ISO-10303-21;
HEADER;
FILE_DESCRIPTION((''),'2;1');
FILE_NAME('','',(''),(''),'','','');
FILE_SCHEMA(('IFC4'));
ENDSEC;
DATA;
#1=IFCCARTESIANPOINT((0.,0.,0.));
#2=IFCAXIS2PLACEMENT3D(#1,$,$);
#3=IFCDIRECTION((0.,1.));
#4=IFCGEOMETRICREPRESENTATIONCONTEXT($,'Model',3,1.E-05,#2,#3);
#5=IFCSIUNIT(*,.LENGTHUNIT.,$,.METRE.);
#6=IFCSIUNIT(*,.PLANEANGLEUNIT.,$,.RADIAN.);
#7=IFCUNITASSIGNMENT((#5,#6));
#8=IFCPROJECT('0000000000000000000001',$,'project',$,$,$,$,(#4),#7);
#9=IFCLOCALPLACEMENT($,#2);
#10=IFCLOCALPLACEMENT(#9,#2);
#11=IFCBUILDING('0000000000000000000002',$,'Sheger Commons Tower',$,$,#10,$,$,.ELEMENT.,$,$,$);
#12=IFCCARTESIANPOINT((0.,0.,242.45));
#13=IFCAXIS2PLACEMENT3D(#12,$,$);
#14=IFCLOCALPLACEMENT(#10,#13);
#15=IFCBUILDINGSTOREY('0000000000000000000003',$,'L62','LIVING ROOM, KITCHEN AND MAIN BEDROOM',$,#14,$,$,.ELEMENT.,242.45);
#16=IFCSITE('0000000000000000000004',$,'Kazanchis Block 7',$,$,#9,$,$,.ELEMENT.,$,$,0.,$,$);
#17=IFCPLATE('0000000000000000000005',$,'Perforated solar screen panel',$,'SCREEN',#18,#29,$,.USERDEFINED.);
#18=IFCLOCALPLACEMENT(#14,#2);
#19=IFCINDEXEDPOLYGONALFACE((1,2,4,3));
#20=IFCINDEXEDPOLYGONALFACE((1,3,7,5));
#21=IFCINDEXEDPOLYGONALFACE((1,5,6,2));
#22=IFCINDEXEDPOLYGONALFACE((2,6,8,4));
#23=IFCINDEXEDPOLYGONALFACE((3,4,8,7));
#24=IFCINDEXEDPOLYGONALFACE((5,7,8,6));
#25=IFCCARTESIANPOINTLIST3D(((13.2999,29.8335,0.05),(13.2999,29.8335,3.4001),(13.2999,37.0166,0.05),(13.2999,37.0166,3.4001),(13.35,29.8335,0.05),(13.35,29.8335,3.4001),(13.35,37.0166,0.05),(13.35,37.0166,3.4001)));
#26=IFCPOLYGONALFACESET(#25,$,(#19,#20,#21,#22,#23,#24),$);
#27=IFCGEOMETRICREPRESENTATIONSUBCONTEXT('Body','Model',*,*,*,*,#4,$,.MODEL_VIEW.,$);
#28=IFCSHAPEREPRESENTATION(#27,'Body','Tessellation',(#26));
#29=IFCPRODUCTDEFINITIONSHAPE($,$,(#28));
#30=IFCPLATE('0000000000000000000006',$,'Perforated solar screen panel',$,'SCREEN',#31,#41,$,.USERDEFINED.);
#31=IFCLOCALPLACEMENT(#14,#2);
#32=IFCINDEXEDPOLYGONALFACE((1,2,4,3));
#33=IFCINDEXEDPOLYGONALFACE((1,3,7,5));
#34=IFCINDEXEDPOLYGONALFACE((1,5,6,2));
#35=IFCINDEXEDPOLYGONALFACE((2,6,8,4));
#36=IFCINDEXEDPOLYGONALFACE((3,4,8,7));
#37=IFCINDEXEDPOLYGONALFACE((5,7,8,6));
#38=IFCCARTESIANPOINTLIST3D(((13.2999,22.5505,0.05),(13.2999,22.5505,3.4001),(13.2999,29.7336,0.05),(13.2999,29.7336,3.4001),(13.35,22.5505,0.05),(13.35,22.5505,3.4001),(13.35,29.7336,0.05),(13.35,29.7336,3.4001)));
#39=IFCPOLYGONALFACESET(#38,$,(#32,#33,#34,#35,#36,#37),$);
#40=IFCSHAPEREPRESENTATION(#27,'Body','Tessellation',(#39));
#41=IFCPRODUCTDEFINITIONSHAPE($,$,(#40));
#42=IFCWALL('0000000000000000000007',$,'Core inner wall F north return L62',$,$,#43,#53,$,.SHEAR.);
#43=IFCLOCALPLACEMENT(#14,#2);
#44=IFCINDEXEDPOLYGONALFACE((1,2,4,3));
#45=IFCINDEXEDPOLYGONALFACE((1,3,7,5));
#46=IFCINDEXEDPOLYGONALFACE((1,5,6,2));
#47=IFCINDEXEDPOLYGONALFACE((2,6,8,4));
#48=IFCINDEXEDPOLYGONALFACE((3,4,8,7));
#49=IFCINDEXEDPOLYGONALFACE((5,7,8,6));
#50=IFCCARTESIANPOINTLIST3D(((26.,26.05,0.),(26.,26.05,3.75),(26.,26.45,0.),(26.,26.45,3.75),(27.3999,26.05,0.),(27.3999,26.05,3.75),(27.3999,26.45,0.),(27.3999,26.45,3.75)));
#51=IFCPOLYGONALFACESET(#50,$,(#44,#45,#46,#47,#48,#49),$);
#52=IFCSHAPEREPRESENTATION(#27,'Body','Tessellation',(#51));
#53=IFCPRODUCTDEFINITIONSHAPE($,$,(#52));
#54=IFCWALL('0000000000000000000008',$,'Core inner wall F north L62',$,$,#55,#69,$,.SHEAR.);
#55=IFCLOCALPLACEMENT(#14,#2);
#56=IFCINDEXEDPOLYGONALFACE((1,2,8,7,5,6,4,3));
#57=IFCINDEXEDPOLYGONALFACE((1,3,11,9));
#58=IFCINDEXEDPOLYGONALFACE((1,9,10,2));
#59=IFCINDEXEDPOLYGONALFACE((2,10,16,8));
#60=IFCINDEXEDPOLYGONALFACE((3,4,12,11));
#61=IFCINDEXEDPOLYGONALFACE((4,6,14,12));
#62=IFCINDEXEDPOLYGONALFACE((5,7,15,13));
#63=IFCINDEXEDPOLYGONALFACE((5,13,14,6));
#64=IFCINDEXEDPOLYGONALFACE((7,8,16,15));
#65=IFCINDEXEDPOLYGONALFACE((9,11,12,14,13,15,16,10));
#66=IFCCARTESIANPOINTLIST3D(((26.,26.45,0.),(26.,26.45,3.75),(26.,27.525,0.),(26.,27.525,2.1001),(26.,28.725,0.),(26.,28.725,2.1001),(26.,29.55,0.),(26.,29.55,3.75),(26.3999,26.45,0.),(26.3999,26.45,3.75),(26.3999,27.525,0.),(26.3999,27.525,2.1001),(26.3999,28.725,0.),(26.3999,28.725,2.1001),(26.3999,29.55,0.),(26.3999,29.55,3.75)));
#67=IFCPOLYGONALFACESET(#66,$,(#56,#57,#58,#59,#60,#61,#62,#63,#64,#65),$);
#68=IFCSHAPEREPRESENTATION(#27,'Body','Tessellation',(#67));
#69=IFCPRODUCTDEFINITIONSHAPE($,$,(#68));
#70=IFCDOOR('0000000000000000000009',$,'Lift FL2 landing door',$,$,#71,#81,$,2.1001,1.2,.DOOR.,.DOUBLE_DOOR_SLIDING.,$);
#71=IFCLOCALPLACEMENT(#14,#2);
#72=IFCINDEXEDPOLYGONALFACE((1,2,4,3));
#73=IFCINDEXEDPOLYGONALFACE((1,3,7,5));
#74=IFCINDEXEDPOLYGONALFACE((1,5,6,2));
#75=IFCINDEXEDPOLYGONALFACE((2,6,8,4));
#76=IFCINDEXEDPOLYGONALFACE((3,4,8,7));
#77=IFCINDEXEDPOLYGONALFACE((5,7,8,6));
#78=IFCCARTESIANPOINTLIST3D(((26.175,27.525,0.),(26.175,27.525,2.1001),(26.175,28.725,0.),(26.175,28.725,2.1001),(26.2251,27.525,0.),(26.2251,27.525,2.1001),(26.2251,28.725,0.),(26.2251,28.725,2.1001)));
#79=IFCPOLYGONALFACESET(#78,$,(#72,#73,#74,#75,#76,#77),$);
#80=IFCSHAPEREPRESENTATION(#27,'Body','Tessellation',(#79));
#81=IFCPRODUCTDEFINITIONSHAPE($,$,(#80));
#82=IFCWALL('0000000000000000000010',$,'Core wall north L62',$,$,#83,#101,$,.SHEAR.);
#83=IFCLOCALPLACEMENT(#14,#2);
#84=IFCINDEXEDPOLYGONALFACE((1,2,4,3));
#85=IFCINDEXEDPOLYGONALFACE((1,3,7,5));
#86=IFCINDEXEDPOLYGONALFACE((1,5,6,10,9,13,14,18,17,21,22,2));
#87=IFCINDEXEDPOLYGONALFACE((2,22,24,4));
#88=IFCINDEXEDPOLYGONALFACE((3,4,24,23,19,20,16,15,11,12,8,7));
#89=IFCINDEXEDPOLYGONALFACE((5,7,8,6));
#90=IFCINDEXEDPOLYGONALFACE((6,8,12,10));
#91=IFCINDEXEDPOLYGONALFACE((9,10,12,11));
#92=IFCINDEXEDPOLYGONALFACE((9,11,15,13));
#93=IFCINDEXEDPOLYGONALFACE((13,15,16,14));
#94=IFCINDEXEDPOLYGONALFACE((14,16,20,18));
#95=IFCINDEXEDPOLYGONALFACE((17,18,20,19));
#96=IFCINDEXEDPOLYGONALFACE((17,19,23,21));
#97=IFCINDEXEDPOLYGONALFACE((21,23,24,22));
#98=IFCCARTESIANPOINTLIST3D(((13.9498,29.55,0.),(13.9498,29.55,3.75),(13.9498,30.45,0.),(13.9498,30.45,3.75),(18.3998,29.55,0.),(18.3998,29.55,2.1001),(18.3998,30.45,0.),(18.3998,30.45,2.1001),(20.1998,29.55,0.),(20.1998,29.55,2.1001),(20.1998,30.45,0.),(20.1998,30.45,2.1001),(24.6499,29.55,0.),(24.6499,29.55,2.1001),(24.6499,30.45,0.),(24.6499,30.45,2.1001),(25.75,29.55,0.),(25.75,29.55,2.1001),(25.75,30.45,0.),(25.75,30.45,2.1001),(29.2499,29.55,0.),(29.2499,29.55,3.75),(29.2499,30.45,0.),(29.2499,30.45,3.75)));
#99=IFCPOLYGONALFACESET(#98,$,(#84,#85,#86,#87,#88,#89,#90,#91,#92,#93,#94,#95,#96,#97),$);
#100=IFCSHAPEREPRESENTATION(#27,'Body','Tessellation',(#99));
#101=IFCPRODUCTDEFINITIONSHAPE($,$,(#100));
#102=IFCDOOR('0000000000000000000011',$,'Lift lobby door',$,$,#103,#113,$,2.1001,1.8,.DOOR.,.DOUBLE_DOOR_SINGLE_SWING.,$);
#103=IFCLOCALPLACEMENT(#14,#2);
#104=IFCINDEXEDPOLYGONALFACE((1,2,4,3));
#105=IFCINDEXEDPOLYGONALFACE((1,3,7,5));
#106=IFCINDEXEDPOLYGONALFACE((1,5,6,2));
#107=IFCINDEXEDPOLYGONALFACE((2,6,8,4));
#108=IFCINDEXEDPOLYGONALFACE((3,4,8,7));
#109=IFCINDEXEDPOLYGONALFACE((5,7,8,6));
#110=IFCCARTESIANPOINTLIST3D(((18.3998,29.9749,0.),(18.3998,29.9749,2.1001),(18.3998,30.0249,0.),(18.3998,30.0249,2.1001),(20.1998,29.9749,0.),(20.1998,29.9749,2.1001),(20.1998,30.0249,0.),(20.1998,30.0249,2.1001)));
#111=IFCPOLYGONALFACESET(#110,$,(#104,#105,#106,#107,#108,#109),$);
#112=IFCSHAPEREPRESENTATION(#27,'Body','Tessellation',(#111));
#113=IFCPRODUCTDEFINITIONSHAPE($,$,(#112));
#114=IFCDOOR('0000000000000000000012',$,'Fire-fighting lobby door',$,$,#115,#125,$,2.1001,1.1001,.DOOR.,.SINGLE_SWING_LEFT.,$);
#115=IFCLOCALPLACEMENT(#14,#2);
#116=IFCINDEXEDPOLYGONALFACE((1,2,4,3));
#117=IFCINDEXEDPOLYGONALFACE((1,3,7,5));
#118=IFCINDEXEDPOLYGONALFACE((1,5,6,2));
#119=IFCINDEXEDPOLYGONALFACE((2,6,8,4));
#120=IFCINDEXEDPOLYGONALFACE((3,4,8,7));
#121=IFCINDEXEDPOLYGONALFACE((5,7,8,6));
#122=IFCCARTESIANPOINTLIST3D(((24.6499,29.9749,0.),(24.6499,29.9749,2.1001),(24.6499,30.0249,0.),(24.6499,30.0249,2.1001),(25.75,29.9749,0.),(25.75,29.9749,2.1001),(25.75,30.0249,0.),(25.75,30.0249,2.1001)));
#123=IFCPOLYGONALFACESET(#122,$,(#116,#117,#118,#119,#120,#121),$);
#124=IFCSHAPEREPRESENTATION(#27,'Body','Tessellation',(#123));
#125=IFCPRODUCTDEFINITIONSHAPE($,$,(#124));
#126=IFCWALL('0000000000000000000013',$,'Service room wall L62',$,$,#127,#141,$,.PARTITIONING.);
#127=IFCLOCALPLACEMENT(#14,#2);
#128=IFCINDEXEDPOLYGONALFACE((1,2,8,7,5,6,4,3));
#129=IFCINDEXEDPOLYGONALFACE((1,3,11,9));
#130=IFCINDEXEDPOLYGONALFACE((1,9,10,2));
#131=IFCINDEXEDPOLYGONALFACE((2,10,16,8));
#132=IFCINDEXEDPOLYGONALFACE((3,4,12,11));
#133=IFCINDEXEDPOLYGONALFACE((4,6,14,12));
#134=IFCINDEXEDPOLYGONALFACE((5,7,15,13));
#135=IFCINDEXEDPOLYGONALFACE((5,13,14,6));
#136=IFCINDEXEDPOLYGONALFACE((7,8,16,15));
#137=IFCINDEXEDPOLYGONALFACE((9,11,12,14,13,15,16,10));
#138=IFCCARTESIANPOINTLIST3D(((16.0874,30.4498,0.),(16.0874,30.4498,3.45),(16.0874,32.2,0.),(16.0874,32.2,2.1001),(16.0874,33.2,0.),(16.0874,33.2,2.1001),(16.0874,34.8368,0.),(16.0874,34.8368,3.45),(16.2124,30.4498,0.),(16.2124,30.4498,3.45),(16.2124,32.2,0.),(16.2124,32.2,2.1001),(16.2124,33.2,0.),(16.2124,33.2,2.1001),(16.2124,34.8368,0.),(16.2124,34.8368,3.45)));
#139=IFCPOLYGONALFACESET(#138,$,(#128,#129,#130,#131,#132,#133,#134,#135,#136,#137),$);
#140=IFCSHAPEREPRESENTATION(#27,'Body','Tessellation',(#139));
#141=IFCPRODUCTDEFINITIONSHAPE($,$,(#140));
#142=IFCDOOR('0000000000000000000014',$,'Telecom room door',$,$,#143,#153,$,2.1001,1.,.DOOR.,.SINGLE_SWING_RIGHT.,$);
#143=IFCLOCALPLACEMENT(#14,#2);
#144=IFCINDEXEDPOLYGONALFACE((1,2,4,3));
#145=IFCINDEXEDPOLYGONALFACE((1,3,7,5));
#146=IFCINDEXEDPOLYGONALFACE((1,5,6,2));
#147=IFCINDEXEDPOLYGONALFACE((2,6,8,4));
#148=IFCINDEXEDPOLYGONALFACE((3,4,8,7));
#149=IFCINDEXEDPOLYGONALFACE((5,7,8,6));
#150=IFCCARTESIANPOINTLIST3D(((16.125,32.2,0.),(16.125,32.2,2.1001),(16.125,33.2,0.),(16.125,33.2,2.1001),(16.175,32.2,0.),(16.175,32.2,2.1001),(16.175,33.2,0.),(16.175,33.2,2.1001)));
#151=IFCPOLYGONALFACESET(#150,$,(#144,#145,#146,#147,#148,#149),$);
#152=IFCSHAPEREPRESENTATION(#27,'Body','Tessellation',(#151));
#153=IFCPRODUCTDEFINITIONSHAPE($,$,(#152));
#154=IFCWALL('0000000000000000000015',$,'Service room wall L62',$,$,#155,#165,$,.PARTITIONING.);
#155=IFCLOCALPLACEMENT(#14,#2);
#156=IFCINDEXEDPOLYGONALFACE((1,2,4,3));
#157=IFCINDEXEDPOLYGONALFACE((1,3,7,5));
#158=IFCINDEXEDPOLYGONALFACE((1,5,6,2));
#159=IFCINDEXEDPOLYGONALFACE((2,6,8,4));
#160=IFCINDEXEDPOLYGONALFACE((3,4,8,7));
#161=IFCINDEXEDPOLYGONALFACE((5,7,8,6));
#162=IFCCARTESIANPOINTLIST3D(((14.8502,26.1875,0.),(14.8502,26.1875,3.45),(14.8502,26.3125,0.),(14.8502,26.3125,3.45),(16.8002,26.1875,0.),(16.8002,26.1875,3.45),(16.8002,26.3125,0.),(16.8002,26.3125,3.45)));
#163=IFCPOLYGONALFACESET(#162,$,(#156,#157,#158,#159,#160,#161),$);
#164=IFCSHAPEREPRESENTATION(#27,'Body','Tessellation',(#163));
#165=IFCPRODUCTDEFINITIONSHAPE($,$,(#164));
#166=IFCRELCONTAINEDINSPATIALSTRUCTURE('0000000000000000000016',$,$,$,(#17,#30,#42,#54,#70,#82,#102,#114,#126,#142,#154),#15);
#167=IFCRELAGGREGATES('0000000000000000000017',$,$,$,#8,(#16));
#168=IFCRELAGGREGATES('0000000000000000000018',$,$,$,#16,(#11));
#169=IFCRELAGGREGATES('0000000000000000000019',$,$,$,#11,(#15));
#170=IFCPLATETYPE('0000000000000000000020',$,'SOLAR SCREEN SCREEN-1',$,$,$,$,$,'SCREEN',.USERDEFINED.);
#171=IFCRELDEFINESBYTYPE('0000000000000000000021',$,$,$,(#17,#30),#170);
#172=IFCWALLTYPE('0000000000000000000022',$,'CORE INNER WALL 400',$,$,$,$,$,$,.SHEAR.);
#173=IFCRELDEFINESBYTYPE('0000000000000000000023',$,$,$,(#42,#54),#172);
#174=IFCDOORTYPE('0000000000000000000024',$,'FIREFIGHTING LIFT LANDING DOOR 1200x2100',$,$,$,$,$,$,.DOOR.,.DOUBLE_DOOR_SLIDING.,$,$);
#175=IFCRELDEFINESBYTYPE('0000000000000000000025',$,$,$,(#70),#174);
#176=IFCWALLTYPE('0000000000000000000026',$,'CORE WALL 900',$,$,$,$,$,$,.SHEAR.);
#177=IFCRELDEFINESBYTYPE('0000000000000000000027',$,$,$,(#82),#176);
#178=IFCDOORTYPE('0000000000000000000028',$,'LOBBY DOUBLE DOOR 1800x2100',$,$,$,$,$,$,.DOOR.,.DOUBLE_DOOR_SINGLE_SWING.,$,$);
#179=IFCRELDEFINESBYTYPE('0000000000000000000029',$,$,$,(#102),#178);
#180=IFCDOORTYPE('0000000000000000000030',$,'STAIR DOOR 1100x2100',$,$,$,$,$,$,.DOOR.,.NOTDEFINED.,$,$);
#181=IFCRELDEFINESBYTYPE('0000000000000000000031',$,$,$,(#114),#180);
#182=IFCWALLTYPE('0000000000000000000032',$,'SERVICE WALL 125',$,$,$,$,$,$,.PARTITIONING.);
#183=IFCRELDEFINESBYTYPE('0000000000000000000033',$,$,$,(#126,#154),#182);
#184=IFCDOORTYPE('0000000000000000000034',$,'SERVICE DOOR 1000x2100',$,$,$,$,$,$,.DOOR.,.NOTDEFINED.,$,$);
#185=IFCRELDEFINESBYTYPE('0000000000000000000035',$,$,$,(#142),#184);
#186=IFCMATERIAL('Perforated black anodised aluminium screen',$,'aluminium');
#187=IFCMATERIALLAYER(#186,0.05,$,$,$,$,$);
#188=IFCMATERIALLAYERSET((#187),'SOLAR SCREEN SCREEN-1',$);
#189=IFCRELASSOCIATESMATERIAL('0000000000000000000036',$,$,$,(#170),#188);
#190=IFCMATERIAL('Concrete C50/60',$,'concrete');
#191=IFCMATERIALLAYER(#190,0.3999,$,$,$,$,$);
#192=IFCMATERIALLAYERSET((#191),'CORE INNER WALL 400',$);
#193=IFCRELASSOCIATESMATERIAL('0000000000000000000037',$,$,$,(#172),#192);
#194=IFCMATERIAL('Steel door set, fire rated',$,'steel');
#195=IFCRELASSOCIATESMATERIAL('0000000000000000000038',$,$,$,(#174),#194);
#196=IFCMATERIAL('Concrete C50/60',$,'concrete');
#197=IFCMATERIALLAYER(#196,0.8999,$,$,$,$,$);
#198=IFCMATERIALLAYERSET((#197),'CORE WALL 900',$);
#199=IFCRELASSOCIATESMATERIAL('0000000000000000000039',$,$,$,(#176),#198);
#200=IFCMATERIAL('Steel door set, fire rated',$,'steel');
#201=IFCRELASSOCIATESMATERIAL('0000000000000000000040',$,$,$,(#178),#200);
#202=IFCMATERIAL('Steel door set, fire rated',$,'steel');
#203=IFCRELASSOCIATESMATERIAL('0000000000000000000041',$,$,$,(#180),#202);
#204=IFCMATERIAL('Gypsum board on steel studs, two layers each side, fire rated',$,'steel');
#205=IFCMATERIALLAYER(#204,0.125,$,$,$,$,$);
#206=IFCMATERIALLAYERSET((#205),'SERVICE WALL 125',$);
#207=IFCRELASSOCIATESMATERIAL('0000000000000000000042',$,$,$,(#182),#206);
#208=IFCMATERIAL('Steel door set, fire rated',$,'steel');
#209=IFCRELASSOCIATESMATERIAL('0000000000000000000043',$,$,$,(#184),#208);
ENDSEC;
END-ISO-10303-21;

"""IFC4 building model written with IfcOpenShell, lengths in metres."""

from ifc_helpers import new_model, si_unit, direction, frame, frame_2d, origin, origin_2d, place, context, subcontext, project, spatial, rectangle, extrude, material, layer, layer_set, type_object, element, fill, save


model = new_model("IFC4")

# Units and contexts
model_context = context("Model", 3, precision=1e-05, world=origin(), true_north=direction((0.0, 1.0)))
body_context = subcontext(model_context, "Body", "Model", "MODEL_VIEW")
ifc_project = project(units=[si_unit("LENGTHUNIT", "METRE"), si_unit("PLANEANGLEUNIT", "RADIAN")], contexts=[model_context])

# Site, building, storey
site_placement = place(None, origin())
site = spatial("IfcSite", under=ifc_project, at=site_placement, Name="Kazanchis Block 7", CompositionType="ELEMENT", RefElevation=0.0)
building_placement = place(site_placement, origin())
building = spatial("IfcBuilding", under=site, at=building_placement, Name="Sheger Commons Tower", CompositionType="ELEMENT")
storey_placement = place(building_placement, frame((0.0, 0.0, 242.45)))
storey = spatial("IfcBuildingStorey", under=building, at=storey_placement, Name="L62", Description="LIVING ROOM, KITCHEN AND MAIN BEDROOM", CompositionType="ELEMENT", Elevation=242.45)

# Plates
ifc_material_1 = material(Name="Perforated black anodised aluminium screen", Category="aluminium")
ifc_layer_1 = layer(ifc_material_1, 0.05)
ifc_layer_set_1 = layer_set([ifc_layer_1], Name="SOLAR SCREEN SCREEN-1")
plate_type = type_object("IfcPlateType", Name="SOLAR SCREEN SCREEN-1", ElementType="SCREEN", PredefinedType="USERDEFINED", material=ifc_layer_set_1)
for number, where, z_axis, x_axis, name in (
    (1, (13.325, 33.425, 0.05), (0.0, 0.0, 1.0), (0.0, -1.0, 0.0), "Perforated solar screen panel"),
    (2, (13.325, 26.1421, 0.05), (0.0, 0.0, 1.0), (0.0, -1.0, 0.0), "Perforated solar screen panel"),
):
    element("IfcPlate", number, at=place(storey_placement, frame(where, z_axis=z_axis, x_axis=x_axis)), inside=storey, type_object=plate_type, Name=name, ObjectType="SCREEN", PredefinedType="USERDEFINED", context=body_context, shape_type="SweptSolid", body=[
        extrude(rectangle(XDim=7.1831, YDim=0.05, at=origin_2d()), origin(), (0.0, 0.0, 1.0), 3.3501),
    ])

# Wall
ifc_material_2 = material(Name="Concrete C50/60", Category="concrete")
ifc_layer_2 = layer(ifc_material_2, 0.3999)
ifc_layer_set_2 = layer_set([ifc_layer_2], Name="CORE INNER WALL 400")
wall_type_1 = type_object("IfcWallType", Name="CORE INNER WALL 400", PredefinedType="SHEAR", material=ifc_layer_set_2)
wall_1_placement = place(storey_placement, frame((26.0, 26.25, 0.0), z_axis=(0.0, 0.0, 1.0), x_axis=(1.0, 0.0, 0.0)))
element("IfcWall", 3, at=wall_1_placement, inside=storey, type_object=wall_type_1, Name="Core inner wall F north return L62", PredefinedType="SHEAR", context=body_context, shape_type="SweptSolid", body=[
    extrude(rectangle(XDim=1.3999, YDim=0.3999, at=frame_2d((0.7, 0.0))), origin(), (0.0, 0.0, 1.0), 3.75),
])

# Wall, opening, door
wall_2_placement = place(storey_placement, frame((26.2, 26.45, 0.0), z_axis=(0.0, 0.0, 1.0), x_axis=(0.0, 1.0, 0.0)))
wall_2 = element("IfcWall", 4, at=wall_2_placement, inside=storey, type_object=wall_type_1, Name="Core inner wall F north L62", PredefinedType="SHEAR", context=body_context, shape_type="SweptSolid", body=[
    extrude(rectangle(XDim=3.1001, YDim=0.3999, at=frame_2d((1.55, 0.0))), origin(), (0.0, 0.0, 1.0), 3.75),
])
opening_1_placement = place(wall_2_placement, frame((1.075, 0.0, 0.0)))
opening_1 = element("IfcOpeningElement", 5, at=opening_1_placement, cuts=wall_2, PredefinedType="OPENING", context=body_context, shape_type="SweptSolid", body=[
    extrude(rectangle(XDim=1.2, YDim=2.1001, at=frame_2d((0.6001, 1.05))), frame((0.0, 0.21, 0.0), z_axis=(0.0, -1.0, 0.0), x_axis=(1.0, 0.0, 0.0)), (0.0, 0.0, 1.0), 0.4199),
])
ifc_material_3 = material(Name="Steel door set, fire rated", Category="steel")
door_type_1 = type_object("IfcDoorType", Name="FIREFIGHTING LIFT LANDING DOOR 1200x2100", OperationType="DOUBLE_DOOR_SLIDING", PredefinedType="DOOR", material=ifc_material_3)
door_1_placement = place(opening_1_placement, origin())
door_1 = element("IfcDoor", 6, at=door_1_placement, inside=storey, type_object=door_type_1, Name="Lift FL2 landing door", OperationType="DOUBLE_DOOR_SLIDING", OverallHeight=2.1001, OverallWidth=1.2, PredefinedType="DOOR", context=body_context, shape_type="SweptSolid", body=[
    extrude(rectangle(XDim=1.2, YDim=2.1001, at=frame_2d((0.6001, 1.05))), frame((0.0, 0.0249, 0.0), z_axis=(0.0, -1.0, 0.0), x_axis=(1.0, 0.0, 0.0)), (0.0, 0.0, 1.0), 0.05),
])
fill(opening_1, door_1)

# Wall, openings, doors
ifc_material_4 = material(Name="Concrete C50/60", Category="concrete")
ifc_layer_3 = layer(ifc_material_4, 0.8999)
ifc_layer_set_3 = layer_set([ifc_layer_3], Name="CORE WALL 900")
wall_type_2 = type_object("IfcWallType", Name="CORE WALL 900", PredefinedType="SHEAR", material=ifc_layer_set_3)
wall_3_placement = place(storey_placement, frame((13.95, 30.0, 0.0), z_axis=(0.0, 0.0, 1.0), x_axis=(1.0, 0.0, 0.0)))
wall_3 = element("IfcWall", 7, at=wall_3_placement, inside=storey, type_object=wall_type_2, Name="Core wall north L62", PredefinedType="SHEAR", context=body_context, shape_type="SweptSolid", body=[
    extrude(rectangle(XDim=15.3, YDim=0.8999, at=frame_2d((7.6499, 0.0))), origin(), (0.0, 0.0, 1.0), 3.75),
])
opening_2_placement = place(wall_3_placement, frame((4.45, 0.0, 0.0)))
opening_2 = element("IfcOpeningElement", 8, at=opening_2_placement, cuts=wall_3, PredefinedType="OPENING", context=body_context, shape_type="SweptSolid", body=[
    extrude(rectangle(XDim=1.8, YDim=2.1001, at=frame_2d((0.8999, 1.05))), frame((0.0, 0.46, 0.0), z_axis=(0.0, -1.0, 0.0), x_axis=(1.0, 0.0, 0.0)), (0.0, 0.0, 1.0), 0.9199),
])
opening_3_placement = place(wall_3_placement, frame((10.7, 0.0, 0.0)))
opening_3 = element("IfcOpeningElement", 9, at=opening_3_placement, cuts=wall_3, PredefinedType="OPENING", context=body_context, shape_type="SweptSolid", body=[
    extrude(rectangle(XDim=1.1001, YDim=2.1001, at=frame_2d((0.55, 1.05))), frame((0.0, 0.46, 0.0), z_axis=(0.0, -1.0, 0.0), x_axis=(1.0, 0.0, 0.0)), (0.0, 0.0, 1.0), 0.9199),
])
ifc_material_5 = material(Name="Steel door set, fire rated", Category="steel")
door_type_2 = type_object("IfcDoorType", Name="LOBBY DOUBLE DOOR 1800x2100", OperationType="DOUBLE_DOOR_SINGLE_SWING", PredefinedType="DOOR", material=ifc_material_5)
door_2_placement = place(opening_2_placement, origin())
door_2 = element("IfcDoor", 10, at=door_2_placement, inside=storey, type_object=door_type_2, Name="Lift lobby door", OperationType="DOUBLE_DOOR_SINGLE_SWING", OverallHeight=2.1001, OverallWidth=1.8, PredefinedType="DOOR", context=body_context, shape_type="SweptSolid", body=[
    extrude(rectangle(XDim=1.8, YDim=2.1001, at=frame_2d((0.8999, 1.05))), frame((0.0, 0.0249, 0.0), z_axis=(0.0, -1.0, 0.0), x_axis=(1.0, 0.0, 0.0)), (0.0, 0.0, 1.0), 0.05),
])
fill(opening_2, door_2)
ifc_material_6 = material(Name="Steel door set, fire rated", Category="steel")
door_type_3 = type_object("IfcDoorType", Name="STAIR DOOR 1100x2100", OperationType="NOTDEFINED", PredefinedType="DOOR", material=ifc_material_6)
door_3_placement = place(opening_3_placement, origin())
door_3 = element("IfcDoor", 11, at=door_3_placement, inside=storey, type_object=door_type_3, Name="Fire-fighting lobby door", OperationType="SINGLE_SWING_LEFT", OverallHeight=2.1001, OverallWidth=1.1001, PredefinedType="DOOR", context=body_context, shape_type="SweptSolid", body=[
    extrude(rectangle(XDim=1.1001, YDim=2.1001, at=frame_2d((0.55, 1.05))), frame((0.0, 0.0249, 0.0), z_axis=(0.0, -1.0, 0.0), x_axis=(1.0, 0.0, 0.0)), (0.0, 0.0, 1.0), 0.05),
])
fill(opening_3, door_3)

# Wall, opening, door
ifc_material_7 = material(Name="Gypsum board on steel studs, two layers each side, fire rated", Category="steel")
ifc_layer_4 = layer(ifc_material_7, 0.125)
ifc_layer_set_4 = layer_set([ifc_layer_4], Name="SERVICE WALL 125")
wall_type_3 = type_object("IfcWallType", Name="SERVICE WALL 125", PredefinedType="PARTITIONING", material=ifc_layer_set_4)
wall_4_placement = place(storey_placement, frame((16.1499, 30.45, 0.0), z_axis=(0.0, 0.0, 1.0), x_axis=(0.0, 1.0, 0.0)))
wall_4 = element("IfcWall", 12, at=wall_4_placement, inside=storey, type_object=wall_type_3, Name="Service room wall L62", PredefinedType="PARTITIONING", context=body_context, shape_type="SweptSolid", body=[
    extrude(rectangle(XDim=4.387, YDim=0.125, at=frame_2d((2.1934, 0.0))), origin(), (0.0, 0.0, 1.0), 3.45),
])
opening_4_placement = place(wall_4_placement, frame((1.75, 0.0, 0.0)))
opening_4 = element("IfcOpeningElement", 13, at=opening_4_placement, cuts=wall_4, PredefinedType="OPENING", context=body_context, shape_type="SweptSolid", body=[
    extrude(rectangle(XDim=1.0, YDim=2.1001, at=frame_2d((0.5, 1.05))), frame((0.0, 0.0725, 0.0), z_axis=(0.0, -1.0, 0.0), x_axis=(1.0, 0.0, 0.0)), (0.0, 0.0, 1.0), 0.145),
])
ifc_material_8 = material(Name="Steel door set, fire rated", Category="steel")
door_type_4 = type_object("IfcDoorType", Name="SERVICE DOOR 1000x2100", OperationType="NOTDEFINED", PredefinedType="DOOR", material=ifc_material_8)
door_4_placement = place(opening_4_placement, origin())
door_4 = element("IfcDoor", 14, at=door_4_placement, inside=storey, type_object=door_type_4, Name="Telecom room door", OperationType="SINGLE_SWING_RIGHT", OverallHeight=2.1001, OverallWidth=1.0, PredefinedType="DOOR", context=body_context, shape_type="SweptSolid", body=[
    extrude(rectangle(XDim=1.0, YDim=2.1001, at=frame_2d((0.5, 1.05))), frame((0.0, 0.0249, 0.0), z_axis=(0.0, -1.0, 0.0), x_axis=(1.0, 0.0, 0.0)), (0.0, 0.0, 1.0), 0.05),
])
fill(opening_4, door_4)

# Wall
wall_5_placement = place(storey_placement, frame((14.8501, 26.25, 0.0), z_axis=(0.0, 0.0, 1.0), x_axis=(1.0, 0.0, 0.0)))
element("IfcWall", 15, at=wall_5_placement, inside=storey, type_object=wall_type_3, Name="Service room wall L62", PredefinedType="PARTITIONING", context=body_context, shape_type="SweptSolid", body=[
    extrude(rectangle(XDim=1.95, YDim=0.125, at=frame_2d((0.9751, 0.0))), origin(), (0.0, 0.0, 1.0), 3.45),
])

save(model, "model.ifc")
